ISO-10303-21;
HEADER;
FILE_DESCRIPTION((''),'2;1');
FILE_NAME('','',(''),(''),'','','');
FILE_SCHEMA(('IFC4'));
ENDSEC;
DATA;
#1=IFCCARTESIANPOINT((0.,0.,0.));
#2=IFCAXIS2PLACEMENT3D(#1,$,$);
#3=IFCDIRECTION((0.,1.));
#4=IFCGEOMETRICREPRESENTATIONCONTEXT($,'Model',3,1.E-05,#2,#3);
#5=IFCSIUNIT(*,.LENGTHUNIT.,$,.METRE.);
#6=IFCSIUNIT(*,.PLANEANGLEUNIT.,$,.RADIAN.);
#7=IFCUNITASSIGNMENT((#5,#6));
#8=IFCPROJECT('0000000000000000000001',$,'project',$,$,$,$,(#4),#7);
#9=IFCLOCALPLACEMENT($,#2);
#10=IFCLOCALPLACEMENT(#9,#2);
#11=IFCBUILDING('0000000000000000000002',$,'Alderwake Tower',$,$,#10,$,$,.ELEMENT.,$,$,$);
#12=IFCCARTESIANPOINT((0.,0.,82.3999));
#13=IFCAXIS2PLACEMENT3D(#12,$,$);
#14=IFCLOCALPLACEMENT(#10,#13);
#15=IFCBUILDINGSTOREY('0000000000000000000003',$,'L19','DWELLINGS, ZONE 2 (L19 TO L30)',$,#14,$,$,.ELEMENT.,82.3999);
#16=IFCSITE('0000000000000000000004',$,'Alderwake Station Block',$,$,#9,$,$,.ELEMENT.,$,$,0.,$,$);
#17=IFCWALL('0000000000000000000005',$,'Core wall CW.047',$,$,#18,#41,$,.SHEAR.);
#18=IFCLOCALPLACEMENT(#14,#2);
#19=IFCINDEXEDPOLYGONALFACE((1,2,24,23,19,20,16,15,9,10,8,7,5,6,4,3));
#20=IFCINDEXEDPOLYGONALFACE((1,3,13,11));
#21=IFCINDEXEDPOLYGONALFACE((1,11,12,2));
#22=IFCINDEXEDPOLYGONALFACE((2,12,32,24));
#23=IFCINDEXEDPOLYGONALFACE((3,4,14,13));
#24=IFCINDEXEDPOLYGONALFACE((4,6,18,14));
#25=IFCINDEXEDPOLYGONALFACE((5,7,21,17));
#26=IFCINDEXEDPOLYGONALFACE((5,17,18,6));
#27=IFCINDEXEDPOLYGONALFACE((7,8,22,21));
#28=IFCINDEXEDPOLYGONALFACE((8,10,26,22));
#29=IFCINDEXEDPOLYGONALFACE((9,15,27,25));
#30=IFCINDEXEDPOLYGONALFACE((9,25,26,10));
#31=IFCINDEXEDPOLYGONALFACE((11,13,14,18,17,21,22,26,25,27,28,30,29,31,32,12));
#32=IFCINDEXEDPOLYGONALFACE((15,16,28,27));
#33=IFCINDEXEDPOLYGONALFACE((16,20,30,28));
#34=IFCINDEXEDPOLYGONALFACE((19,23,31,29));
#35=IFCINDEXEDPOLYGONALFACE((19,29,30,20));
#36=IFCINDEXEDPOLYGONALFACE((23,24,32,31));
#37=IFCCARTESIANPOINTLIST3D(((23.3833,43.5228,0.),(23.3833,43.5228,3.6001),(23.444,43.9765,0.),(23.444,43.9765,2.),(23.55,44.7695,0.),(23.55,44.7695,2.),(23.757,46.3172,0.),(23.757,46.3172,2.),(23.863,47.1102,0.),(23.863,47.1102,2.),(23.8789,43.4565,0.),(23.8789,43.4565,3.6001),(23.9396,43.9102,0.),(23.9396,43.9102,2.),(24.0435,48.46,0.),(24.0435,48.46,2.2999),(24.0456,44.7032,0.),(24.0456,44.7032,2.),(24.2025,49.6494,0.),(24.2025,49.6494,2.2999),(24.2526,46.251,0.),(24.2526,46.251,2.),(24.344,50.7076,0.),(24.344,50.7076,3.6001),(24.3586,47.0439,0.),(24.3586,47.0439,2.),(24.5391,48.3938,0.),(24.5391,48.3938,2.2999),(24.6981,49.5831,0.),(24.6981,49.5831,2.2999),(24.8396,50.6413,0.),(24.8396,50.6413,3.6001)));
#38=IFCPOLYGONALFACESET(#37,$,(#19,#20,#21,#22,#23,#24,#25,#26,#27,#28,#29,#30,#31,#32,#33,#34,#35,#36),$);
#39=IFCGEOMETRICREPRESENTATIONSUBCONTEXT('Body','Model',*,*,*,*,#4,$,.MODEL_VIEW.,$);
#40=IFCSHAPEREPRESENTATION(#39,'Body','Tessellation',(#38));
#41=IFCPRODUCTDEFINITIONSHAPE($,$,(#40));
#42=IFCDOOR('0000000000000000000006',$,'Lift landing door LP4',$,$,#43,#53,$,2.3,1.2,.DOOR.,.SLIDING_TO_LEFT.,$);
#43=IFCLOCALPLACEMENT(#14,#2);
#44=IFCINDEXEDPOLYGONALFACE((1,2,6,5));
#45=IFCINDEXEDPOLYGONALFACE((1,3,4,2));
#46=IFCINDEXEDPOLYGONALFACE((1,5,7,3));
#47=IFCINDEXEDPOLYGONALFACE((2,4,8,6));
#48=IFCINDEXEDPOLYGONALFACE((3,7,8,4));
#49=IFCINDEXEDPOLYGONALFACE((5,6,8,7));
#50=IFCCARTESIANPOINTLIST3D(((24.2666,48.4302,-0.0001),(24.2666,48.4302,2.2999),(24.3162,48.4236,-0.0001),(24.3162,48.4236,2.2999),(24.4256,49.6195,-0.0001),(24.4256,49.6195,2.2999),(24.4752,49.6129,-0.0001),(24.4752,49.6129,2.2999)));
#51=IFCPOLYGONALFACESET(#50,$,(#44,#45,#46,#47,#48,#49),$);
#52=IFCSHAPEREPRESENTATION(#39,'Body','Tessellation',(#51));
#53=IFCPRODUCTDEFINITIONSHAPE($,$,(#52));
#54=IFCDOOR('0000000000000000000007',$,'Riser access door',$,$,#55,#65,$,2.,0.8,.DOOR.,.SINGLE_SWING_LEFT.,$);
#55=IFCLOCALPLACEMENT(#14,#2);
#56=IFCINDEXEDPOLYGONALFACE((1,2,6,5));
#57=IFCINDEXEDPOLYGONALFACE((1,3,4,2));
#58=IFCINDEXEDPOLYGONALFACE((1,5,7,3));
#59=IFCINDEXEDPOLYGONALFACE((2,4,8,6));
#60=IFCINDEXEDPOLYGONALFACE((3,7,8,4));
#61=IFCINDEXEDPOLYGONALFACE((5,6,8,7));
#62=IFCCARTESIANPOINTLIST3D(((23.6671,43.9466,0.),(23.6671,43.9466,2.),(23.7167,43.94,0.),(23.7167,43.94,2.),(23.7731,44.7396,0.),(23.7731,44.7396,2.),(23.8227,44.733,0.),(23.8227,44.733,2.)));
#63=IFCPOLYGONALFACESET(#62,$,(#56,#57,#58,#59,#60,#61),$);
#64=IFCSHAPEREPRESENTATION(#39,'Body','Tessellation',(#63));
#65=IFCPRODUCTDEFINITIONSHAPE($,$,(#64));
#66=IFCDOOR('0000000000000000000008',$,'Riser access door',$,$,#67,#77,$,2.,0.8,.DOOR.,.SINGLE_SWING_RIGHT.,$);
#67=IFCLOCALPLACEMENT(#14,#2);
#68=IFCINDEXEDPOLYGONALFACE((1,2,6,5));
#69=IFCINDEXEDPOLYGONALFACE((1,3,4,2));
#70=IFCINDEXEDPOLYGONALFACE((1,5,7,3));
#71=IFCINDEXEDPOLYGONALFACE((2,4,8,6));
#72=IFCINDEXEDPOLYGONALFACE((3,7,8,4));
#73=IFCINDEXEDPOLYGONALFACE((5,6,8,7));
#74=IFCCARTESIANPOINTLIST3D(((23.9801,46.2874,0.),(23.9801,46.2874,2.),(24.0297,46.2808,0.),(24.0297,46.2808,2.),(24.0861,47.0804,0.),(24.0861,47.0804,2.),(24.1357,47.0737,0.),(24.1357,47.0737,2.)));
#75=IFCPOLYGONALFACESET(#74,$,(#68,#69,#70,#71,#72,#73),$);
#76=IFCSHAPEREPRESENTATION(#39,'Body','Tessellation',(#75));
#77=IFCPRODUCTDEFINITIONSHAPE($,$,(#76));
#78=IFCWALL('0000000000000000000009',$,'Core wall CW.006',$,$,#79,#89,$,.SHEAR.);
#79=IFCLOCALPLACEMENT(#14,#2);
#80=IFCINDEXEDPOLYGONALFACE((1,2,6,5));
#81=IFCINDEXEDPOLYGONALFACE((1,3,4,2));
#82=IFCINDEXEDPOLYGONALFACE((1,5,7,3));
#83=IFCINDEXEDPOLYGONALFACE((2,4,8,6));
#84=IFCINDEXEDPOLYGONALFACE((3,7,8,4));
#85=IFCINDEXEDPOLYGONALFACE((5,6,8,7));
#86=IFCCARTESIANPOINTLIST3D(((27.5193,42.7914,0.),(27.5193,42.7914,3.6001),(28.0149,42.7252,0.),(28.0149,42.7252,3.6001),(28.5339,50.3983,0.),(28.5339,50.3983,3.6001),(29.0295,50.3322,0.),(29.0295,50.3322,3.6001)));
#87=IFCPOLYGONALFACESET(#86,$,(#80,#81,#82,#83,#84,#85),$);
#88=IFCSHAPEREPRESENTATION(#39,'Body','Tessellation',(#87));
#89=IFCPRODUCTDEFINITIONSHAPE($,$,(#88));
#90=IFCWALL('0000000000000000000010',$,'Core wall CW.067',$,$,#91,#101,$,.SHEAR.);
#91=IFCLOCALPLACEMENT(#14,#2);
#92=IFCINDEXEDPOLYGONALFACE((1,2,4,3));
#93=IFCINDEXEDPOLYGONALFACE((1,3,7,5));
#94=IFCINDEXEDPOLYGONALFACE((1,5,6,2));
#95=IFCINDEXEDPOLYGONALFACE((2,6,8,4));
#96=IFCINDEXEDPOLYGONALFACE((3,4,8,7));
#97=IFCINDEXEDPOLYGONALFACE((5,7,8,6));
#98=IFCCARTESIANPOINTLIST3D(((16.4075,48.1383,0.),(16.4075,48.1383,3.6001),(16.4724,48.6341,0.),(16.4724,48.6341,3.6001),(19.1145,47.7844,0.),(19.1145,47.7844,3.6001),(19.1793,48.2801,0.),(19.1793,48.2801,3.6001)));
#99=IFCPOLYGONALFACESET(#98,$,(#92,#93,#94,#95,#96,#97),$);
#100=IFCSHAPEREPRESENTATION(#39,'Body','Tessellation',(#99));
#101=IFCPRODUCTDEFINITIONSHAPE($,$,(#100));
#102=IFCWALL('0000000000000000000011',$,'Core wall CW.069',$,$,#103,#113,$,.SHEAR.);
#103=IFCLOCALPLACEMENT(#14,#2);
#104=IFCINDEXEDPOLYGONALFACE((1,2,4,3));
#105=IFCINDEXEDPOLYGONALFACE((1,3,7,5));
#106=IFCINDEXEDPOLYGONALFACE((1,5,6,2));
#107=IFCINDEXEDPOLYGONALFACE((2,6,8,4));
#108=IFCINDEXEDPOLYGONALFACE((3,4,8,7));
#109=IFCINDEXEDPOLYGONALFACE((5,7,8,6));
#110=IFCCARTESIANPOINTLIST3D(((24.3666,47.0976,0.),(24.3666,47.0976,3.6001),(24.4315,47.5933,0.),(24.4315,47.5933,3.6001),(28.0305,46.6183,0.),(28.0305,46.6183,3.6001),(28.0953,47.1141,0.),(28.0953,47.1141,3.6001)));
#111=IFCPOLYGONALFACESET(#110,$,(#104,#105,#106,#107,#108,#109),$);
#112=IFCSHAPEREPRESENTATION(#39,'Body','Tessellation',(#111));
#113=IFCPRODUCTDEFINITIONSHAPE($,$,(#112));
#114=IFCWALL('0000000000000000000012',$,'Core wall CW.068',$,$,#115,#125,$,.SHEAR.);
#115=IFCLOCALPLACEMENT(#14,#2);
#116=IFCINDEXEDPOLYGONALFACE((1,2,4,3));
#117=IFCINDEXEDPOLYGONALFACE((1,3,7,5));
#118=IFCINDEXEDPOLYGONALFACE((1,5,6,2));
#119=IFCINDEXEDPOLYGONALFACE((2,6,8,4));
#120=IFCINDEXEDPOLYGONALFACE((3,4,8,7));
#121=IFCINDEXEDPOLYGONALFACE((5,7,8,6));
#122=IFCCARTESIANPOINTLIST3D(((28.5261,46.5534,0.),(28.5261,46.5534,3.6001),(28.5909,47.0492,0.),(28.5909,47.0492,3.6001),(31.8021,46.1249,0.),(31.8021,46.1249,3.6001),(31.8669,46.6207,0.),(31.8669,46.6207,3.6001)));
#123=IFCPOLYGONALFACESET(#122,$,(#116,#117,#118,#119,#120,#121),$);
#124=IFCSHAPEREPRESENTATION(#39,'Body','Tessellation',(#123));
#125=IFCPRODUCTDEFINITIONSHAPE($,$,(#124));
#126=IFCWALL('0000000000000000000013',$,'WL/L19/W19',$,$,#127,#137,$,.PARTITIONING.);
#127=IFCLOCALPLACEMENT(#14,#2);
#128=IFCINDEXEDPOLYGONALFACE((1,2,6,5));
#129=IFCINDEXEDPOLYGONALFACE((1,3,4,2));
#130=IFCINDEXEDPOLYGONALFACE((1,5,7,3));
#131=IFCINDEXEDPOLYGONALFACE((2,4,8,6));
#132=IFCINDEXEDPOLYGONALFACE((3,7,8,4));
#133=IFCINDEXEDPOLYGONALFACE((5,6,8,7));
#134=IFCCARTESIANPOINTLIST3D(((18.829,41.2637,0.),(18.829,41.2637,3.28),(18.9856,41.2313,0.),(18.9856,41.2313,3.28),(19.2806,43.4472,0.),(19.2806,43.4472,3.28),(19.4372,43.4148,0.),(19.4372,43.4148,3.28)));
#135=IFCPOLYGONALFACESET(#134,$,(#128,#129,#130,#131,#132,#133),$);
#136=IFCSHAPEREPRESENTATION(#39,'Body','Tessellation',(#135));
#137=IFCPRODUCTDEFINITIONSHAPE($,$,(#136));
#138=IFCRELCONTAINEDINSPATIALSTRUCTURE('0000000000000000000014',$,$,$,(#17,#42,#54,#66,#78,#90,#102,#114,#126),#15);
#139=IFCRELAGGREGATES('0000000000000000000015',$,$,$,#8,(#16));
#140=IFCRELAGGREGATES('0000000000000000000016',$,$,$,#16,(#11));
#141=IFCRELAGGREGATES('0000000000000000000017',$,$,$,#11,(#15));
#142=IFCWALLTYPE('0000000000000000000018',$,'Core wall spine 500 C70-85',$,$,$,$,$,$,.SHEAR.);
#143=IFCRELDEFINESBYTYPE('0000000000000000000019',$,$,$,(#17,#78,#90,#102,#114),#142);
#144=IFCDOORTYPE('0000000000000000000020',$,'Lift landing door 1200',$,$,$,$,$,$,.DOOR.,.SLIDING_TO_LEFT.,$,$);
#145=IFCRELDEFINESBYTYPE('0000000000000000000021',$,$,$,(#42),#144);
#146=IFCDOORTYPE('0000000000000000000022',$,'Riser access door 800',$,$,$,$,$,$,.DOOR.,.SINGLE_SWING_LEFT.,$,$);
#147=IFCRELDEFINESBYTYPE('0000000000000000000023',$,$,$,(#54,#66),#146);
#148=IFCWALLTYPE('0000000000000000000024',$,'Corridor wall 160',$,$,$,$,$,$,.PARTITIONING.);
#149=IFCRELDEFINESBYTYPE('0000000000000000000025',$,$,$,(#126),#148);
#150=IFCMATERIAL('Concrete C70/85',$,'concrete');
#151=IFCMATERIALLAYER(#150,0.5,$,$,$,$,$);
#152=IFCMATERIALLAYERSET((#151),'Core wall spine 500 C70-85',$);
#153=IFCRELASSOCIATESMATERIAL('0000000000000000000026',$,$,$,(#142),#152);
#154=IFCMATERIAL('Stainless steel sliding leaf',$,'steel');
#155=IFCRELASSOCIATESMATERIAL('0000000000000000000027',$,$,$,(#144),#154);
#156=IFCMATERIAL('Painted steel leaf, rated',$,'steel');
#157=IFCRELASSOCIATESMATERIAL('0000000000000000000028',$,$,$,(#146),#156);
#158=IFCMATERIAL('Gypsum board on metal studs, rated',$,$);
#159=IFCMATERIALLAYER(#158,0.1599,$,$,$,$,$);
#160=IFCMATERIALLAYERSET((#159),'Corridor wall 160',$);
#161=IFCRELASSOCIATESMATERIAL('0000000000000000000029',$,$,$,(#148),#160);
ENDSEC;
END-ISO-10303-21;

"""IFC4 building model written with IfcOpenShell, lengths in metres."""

from ifc_helpers import new_model, si_unit, direction, frame, frame_2d, origin, place, context, subcontext, project, spatial, rectangle, extrude, material, layer, layer_set, type_object, element, fill, save


model = new_model("IFC4")

# Units and contexts
model_context = context("Model", 3, precision=1e-05, world=origin(), true_north=direction((0.0, 1.0)))
body_context = subcontext(model_context, "Body", "Model", "MODEL_VIEW")
ifc_project = project(units=[si_unit("LENGTHUNIT", "METRE"), si_unit("PLANEANGLEUNIT", "RADIAN")], contexts=[model_context])

# Site, building, storey
site_placement = place(None, origin())
site = spatial("IfcSite", under=ifc_project, at=site_placement, Name="Alderwake Station Block", CompositionType="ELEMENT", RefElevation=0.0)
building_placement = place(site_placement, origin())
building = spatial("IfcBuilding", under=site, at=building_placement, Name="Alderwake Tower", CompositionType="ELEMENT")
storey_placement = place(building_placement, frame((0.0, 0.0, 82.3999)))
storey = spatial("IfcBuildingStorey", under=building, at=storey_placement, Name="L19", Description="DWELLINGS, ZONE 2 (L19 TO L30)", CompositionType="ELEMENT", Elevation=82.3999)

# Wall, openings, doors
ifc_material_1 = material(Name="Concrete C70/85", Category="concrete")
ifc_layer_1 = layer(ifc_material_1, 0.5)
ifc_layer_set_1 = layer_set([ifc_layer_1], Name="Core wall spine 500 C70-85")
wall_type_1 = type_object("IfcWallType", Name="Core wall spine 500 C70-85", PredefinedType="SHEAR", material=ifc_layer_set_1)
wall_1_placement = place(storey_placement, frame((23.6311, 43.4895, 0.0), z_axis=(0.0, 0.0, 1.0), x_axis=(0.132532, 0.991179, 0.0)))
wall_1 = element("IfcWall", 1, at=wall_1_placement, inside=storey, type_object=wall_type_1, Name="Core wall CW.047", PredefinedType="SHEAR", context=body_context, shape_type="SweptSolid", body=[
    extrude(rectangle(XDim=7.2488, YDim=0.5, at=frame_2d((3.6245, 0.0))), origin(), (0.0, 0.0, 1.0), 3.6001),
])
opening_1_placement = place(wall_1_placement, frame((4.9812, 0.0, 0.0)))
opening_1 = element("IfcOpeningElement", 2, at=opening_1_placement, cuts=wall_1, PredefinedType="OPENING", context=body_context, shape_type="SweptSolid", body=[
    extrude(rectangle(XDim=1.2, YDim=2.3, at=frame_2d((0.6001, 1.1499))), frame((0.0, 0.26, 0.0), z_axis=(0.0, -1.0, 0.0), x_axis=(1.0, 0.0, 0.0)), (0.0, 0.0, 1.0), 0.52),
])
opening_2_placement = place(wall_1_placement, frame((0.458, 0.0, 0.0)))
opening_2 = element("IfcOpeningElement", 3, at=opening_2_placement, cuts=wall_1, PredefinedType="OPENING", context=body_context, shape_type="SweptSolid", body=[
    extrude(rectangle(XDim=0.8, YDim=2.0, at=frame_2d((0.3999, 1.0))), frame((0.0, 0.26, 0.0), z_axis=(0.0, -1.0, 0.0), x_axis=(1.0, 0.0, 0.0)), (0.0, 0.0, 1.0), 0.52),
])
opening_3_placement = place(wall_1_placement, frame((2.8196, 0.0, 0.0)))
opening_3 = element("IfcOpeningElement", 4, at=opening_3_placement, cuts=wall_1, PredefinedType="OPENING", context=body_context, shape_type="SweptSolid", body=[
    extrude(rectangle(XDim=0.8, YDim=2.0, at=frame_2d((0.3999, 1.0))), frame((0.0, 0.26, 0.0), z_axis=(0.0, -1.0, 0.0), x_axis=(1.0, 0.0, 0.0)), (0.0, 0.0, 1.0), 0.52),
])
ifc_material_2 = material(Name="Stainless steel sliding leaf", Category="steel")
door_type_1 = type_object("IfcDoorType", Name="Lift landing door 1200", OperationType="SLIDING_TO_LEFT", PredefinedType="DOOR", material=ifc_material_2)
door_1_placement = place(opening_1_placement, origin())
door_1 = element("IfcDoor", 5, at=door_1_placement, inside=storey, type_object=door_type_1, Name="Lift landing door LP4", OperationType="SLIDING_TO_LEFT", OverallHeight=2.3, OverallWidth=1.2, PredefinedType="DOOR", context=body_context, shape_type="SweptSolid", body=[
    extrude(rectangle(XDim=1.2, YDim=2.3, at=frame_2d((0.6001, 1.1499))), frame((0.0, 0.0249, 0.0), z_axis=(0.0, -1.0, 0.0), x_axis=(1.0, 0.0, 0.0)), (0.0, 0.0, 1.0), 0.05),
])
fill(opening_1, door_1)
ifc_material_3 = material(Name="Painted steel leaf, rated", Category="steel")
door_type_2 = type_object("IfcDoorType", Name="Riser access door 800", OperationType="SINGLE_SWING_LEFT", PredefinedType="DOOR", material=ifc_material_3)
door_2_placement = place(opening_2_placement, origin())
door_2 = element("IfcDoor", 6, at=door_2_placement, inside=storey, type_object=door_type_2, Name="Riser access door", OperationType="SINGLE_SWING_LEFT", OverallHeight=2.0, OverallWidth=0.8, PredefinedType="DOOR", context=body_context, shape_type="SweptSolid", body=[
    extrude(rectangle(XDim=0.8, YDim=2.0, at=frame_2d((0.3999, 1.0))), frame((0.0, 0.0249, 0.0), z_axis=(0.0, -1.0, 0.0), x_axis=(1.0, 0.0, 0.0)), (0.0, 0.0, 1.0), 0.05),
])
fill(opening_2, door_2)
door_3_placement = place(opening_3_placement, origin())
door_3 = element("IfcDoor", 7, at=door_3_placement, inside=storey, type_object=door_type_2, Name="Riser access door", OperationType="SINGLE_SWING_RIGHT", OverallHeight=2.0, OverallWidth=0.8, PredefinedType="DOOR", context=body_context, shape_type="SweptSolid", body=[
    extrude(rectangle(XDim=0.8, YDim=2.0, at=frame_2d((0.3999, 1.0))), frame((0.0, 0.0249, 0.0), z_axis=(0.0, -1.0, 0.0), x_axis=(1.0, 0.0, 0.0)), (0.0, 0.0, 1.0), 0.05),
])
fill(opening_3, door_3)

# Walls
wall_2_placement = place(storey_placement, frame((27.7671, 42.7583, 0.0), z_axis=(0.0, 0.0, 1.0), x_axis=(0.132214, 0.991221, 0.0)))
element("IfcWall", 8, at=wall_2_placement, inside=storey, type_object=wall_type_1, Name="Core wall CW.006", PredefinedType="SHEAR", context=body_context, shape_type="SweptSolid", body=[
    extrude(rectangle(XDim=7.6743, YDim=0.5, at=frame_2d((3.8372, 0.0))), origin(), (0.0, 0.0, 1.0), 3.6001),
])
wall_3_placement = place(storey_placement, frame((16.4399, 48.3862, 0.0), z_axis=(0.0, 0.0, 1.0), x_axis=(0.991557, -0.129668, 0.0)))
element("IfcWall", 9, at=wall_3_placement, inside=storey, type_object=wall_type_1, Name="Core wall CW.067", PredefinedType="SHEAR", context=body_context, shape_type="SweptSolid", body=[
    extrude(rectangle(XDim=2.73, YDim=0.5, at=frame_2d((1.365, 0.0))), origin(), (0.0, 0.0, 1.0), 3.6001),
])
wall_4_placement = place(storey_placement, frame((24.3989, 47.3455, 0.0), z_axis=(0.0, 0.0, 1.0), x_axis=(0.991553, -0.129701, 0.0)))
element("IfcWall", 10, at=wall_4_placement, inside=storey, type_object=wall_type_1, Name="Core wall CW.069", PredefinedType="SHEAR", context=body_context, shape_type="SweptSolid", body=[
    extrude(rectangle(XDim=3.6951, YDim=0.5, at=frame_2d((1.8477, 0.0))), origin(), (0.0, 0.0, 1.0), 3.6001),
])
wall_5_placement = place(storey_placement, frame((28.5586, 46.8013, 0.0), z_axis=(0.0, 0.0, 1.0), x_axis=(0.991556, -0.12968, 0.0)))
element("IfcWall", 11, at=wall_5_placement, inside=storey, type_object=wall_type_1, Name="Core wall CW.068", PredefinedType="SHEAR", context=body_context, shape_type="SweptSolid", body=[
    extrude(rectangle(XDim=3.304, YDim=0.5, at=frame_2d((1.6519, 0.0))), origin(), (0.0, 0.0, 1.0), 3.6001),
])
ifc_material_4 = material(Name="Gypsum board on metal studs, rated")
ifc_layer_2 = layer(ifc_material_4, 0.1599)
ifc_layer_set_2 = layer_set([ifc_layer_2], Name="Corridor wall 160")
wall_type_2 = type_object("IfcWallType", Name="Corridor wall 160", PredefinedType="PARTITIONING", material=ifc_layer_set_2)
wall_6_placement = place(storey_placement, frame((19.3589, 43.4309, 0.0), z_axis=(0.0, 0.0, 1.0), x_axis=(-0.202555, -0.979271, 0.0)))
element("IfcWall", 12, at=wall_6_placement, inside=storey, type_object=wall_type_2, Name="WL/L19/W19", PredefinedType="PARTITIONING", context=body_context, shape_type="SweptSolid", body=[
    extrude(rectangle(XDim=2.2297, YDim=0.1599, at=frame_2d((1.1147, 0.0))), origin(), (0.0, 0.0, 1.0), 3.28),
])

save(model, "model.ifc")
